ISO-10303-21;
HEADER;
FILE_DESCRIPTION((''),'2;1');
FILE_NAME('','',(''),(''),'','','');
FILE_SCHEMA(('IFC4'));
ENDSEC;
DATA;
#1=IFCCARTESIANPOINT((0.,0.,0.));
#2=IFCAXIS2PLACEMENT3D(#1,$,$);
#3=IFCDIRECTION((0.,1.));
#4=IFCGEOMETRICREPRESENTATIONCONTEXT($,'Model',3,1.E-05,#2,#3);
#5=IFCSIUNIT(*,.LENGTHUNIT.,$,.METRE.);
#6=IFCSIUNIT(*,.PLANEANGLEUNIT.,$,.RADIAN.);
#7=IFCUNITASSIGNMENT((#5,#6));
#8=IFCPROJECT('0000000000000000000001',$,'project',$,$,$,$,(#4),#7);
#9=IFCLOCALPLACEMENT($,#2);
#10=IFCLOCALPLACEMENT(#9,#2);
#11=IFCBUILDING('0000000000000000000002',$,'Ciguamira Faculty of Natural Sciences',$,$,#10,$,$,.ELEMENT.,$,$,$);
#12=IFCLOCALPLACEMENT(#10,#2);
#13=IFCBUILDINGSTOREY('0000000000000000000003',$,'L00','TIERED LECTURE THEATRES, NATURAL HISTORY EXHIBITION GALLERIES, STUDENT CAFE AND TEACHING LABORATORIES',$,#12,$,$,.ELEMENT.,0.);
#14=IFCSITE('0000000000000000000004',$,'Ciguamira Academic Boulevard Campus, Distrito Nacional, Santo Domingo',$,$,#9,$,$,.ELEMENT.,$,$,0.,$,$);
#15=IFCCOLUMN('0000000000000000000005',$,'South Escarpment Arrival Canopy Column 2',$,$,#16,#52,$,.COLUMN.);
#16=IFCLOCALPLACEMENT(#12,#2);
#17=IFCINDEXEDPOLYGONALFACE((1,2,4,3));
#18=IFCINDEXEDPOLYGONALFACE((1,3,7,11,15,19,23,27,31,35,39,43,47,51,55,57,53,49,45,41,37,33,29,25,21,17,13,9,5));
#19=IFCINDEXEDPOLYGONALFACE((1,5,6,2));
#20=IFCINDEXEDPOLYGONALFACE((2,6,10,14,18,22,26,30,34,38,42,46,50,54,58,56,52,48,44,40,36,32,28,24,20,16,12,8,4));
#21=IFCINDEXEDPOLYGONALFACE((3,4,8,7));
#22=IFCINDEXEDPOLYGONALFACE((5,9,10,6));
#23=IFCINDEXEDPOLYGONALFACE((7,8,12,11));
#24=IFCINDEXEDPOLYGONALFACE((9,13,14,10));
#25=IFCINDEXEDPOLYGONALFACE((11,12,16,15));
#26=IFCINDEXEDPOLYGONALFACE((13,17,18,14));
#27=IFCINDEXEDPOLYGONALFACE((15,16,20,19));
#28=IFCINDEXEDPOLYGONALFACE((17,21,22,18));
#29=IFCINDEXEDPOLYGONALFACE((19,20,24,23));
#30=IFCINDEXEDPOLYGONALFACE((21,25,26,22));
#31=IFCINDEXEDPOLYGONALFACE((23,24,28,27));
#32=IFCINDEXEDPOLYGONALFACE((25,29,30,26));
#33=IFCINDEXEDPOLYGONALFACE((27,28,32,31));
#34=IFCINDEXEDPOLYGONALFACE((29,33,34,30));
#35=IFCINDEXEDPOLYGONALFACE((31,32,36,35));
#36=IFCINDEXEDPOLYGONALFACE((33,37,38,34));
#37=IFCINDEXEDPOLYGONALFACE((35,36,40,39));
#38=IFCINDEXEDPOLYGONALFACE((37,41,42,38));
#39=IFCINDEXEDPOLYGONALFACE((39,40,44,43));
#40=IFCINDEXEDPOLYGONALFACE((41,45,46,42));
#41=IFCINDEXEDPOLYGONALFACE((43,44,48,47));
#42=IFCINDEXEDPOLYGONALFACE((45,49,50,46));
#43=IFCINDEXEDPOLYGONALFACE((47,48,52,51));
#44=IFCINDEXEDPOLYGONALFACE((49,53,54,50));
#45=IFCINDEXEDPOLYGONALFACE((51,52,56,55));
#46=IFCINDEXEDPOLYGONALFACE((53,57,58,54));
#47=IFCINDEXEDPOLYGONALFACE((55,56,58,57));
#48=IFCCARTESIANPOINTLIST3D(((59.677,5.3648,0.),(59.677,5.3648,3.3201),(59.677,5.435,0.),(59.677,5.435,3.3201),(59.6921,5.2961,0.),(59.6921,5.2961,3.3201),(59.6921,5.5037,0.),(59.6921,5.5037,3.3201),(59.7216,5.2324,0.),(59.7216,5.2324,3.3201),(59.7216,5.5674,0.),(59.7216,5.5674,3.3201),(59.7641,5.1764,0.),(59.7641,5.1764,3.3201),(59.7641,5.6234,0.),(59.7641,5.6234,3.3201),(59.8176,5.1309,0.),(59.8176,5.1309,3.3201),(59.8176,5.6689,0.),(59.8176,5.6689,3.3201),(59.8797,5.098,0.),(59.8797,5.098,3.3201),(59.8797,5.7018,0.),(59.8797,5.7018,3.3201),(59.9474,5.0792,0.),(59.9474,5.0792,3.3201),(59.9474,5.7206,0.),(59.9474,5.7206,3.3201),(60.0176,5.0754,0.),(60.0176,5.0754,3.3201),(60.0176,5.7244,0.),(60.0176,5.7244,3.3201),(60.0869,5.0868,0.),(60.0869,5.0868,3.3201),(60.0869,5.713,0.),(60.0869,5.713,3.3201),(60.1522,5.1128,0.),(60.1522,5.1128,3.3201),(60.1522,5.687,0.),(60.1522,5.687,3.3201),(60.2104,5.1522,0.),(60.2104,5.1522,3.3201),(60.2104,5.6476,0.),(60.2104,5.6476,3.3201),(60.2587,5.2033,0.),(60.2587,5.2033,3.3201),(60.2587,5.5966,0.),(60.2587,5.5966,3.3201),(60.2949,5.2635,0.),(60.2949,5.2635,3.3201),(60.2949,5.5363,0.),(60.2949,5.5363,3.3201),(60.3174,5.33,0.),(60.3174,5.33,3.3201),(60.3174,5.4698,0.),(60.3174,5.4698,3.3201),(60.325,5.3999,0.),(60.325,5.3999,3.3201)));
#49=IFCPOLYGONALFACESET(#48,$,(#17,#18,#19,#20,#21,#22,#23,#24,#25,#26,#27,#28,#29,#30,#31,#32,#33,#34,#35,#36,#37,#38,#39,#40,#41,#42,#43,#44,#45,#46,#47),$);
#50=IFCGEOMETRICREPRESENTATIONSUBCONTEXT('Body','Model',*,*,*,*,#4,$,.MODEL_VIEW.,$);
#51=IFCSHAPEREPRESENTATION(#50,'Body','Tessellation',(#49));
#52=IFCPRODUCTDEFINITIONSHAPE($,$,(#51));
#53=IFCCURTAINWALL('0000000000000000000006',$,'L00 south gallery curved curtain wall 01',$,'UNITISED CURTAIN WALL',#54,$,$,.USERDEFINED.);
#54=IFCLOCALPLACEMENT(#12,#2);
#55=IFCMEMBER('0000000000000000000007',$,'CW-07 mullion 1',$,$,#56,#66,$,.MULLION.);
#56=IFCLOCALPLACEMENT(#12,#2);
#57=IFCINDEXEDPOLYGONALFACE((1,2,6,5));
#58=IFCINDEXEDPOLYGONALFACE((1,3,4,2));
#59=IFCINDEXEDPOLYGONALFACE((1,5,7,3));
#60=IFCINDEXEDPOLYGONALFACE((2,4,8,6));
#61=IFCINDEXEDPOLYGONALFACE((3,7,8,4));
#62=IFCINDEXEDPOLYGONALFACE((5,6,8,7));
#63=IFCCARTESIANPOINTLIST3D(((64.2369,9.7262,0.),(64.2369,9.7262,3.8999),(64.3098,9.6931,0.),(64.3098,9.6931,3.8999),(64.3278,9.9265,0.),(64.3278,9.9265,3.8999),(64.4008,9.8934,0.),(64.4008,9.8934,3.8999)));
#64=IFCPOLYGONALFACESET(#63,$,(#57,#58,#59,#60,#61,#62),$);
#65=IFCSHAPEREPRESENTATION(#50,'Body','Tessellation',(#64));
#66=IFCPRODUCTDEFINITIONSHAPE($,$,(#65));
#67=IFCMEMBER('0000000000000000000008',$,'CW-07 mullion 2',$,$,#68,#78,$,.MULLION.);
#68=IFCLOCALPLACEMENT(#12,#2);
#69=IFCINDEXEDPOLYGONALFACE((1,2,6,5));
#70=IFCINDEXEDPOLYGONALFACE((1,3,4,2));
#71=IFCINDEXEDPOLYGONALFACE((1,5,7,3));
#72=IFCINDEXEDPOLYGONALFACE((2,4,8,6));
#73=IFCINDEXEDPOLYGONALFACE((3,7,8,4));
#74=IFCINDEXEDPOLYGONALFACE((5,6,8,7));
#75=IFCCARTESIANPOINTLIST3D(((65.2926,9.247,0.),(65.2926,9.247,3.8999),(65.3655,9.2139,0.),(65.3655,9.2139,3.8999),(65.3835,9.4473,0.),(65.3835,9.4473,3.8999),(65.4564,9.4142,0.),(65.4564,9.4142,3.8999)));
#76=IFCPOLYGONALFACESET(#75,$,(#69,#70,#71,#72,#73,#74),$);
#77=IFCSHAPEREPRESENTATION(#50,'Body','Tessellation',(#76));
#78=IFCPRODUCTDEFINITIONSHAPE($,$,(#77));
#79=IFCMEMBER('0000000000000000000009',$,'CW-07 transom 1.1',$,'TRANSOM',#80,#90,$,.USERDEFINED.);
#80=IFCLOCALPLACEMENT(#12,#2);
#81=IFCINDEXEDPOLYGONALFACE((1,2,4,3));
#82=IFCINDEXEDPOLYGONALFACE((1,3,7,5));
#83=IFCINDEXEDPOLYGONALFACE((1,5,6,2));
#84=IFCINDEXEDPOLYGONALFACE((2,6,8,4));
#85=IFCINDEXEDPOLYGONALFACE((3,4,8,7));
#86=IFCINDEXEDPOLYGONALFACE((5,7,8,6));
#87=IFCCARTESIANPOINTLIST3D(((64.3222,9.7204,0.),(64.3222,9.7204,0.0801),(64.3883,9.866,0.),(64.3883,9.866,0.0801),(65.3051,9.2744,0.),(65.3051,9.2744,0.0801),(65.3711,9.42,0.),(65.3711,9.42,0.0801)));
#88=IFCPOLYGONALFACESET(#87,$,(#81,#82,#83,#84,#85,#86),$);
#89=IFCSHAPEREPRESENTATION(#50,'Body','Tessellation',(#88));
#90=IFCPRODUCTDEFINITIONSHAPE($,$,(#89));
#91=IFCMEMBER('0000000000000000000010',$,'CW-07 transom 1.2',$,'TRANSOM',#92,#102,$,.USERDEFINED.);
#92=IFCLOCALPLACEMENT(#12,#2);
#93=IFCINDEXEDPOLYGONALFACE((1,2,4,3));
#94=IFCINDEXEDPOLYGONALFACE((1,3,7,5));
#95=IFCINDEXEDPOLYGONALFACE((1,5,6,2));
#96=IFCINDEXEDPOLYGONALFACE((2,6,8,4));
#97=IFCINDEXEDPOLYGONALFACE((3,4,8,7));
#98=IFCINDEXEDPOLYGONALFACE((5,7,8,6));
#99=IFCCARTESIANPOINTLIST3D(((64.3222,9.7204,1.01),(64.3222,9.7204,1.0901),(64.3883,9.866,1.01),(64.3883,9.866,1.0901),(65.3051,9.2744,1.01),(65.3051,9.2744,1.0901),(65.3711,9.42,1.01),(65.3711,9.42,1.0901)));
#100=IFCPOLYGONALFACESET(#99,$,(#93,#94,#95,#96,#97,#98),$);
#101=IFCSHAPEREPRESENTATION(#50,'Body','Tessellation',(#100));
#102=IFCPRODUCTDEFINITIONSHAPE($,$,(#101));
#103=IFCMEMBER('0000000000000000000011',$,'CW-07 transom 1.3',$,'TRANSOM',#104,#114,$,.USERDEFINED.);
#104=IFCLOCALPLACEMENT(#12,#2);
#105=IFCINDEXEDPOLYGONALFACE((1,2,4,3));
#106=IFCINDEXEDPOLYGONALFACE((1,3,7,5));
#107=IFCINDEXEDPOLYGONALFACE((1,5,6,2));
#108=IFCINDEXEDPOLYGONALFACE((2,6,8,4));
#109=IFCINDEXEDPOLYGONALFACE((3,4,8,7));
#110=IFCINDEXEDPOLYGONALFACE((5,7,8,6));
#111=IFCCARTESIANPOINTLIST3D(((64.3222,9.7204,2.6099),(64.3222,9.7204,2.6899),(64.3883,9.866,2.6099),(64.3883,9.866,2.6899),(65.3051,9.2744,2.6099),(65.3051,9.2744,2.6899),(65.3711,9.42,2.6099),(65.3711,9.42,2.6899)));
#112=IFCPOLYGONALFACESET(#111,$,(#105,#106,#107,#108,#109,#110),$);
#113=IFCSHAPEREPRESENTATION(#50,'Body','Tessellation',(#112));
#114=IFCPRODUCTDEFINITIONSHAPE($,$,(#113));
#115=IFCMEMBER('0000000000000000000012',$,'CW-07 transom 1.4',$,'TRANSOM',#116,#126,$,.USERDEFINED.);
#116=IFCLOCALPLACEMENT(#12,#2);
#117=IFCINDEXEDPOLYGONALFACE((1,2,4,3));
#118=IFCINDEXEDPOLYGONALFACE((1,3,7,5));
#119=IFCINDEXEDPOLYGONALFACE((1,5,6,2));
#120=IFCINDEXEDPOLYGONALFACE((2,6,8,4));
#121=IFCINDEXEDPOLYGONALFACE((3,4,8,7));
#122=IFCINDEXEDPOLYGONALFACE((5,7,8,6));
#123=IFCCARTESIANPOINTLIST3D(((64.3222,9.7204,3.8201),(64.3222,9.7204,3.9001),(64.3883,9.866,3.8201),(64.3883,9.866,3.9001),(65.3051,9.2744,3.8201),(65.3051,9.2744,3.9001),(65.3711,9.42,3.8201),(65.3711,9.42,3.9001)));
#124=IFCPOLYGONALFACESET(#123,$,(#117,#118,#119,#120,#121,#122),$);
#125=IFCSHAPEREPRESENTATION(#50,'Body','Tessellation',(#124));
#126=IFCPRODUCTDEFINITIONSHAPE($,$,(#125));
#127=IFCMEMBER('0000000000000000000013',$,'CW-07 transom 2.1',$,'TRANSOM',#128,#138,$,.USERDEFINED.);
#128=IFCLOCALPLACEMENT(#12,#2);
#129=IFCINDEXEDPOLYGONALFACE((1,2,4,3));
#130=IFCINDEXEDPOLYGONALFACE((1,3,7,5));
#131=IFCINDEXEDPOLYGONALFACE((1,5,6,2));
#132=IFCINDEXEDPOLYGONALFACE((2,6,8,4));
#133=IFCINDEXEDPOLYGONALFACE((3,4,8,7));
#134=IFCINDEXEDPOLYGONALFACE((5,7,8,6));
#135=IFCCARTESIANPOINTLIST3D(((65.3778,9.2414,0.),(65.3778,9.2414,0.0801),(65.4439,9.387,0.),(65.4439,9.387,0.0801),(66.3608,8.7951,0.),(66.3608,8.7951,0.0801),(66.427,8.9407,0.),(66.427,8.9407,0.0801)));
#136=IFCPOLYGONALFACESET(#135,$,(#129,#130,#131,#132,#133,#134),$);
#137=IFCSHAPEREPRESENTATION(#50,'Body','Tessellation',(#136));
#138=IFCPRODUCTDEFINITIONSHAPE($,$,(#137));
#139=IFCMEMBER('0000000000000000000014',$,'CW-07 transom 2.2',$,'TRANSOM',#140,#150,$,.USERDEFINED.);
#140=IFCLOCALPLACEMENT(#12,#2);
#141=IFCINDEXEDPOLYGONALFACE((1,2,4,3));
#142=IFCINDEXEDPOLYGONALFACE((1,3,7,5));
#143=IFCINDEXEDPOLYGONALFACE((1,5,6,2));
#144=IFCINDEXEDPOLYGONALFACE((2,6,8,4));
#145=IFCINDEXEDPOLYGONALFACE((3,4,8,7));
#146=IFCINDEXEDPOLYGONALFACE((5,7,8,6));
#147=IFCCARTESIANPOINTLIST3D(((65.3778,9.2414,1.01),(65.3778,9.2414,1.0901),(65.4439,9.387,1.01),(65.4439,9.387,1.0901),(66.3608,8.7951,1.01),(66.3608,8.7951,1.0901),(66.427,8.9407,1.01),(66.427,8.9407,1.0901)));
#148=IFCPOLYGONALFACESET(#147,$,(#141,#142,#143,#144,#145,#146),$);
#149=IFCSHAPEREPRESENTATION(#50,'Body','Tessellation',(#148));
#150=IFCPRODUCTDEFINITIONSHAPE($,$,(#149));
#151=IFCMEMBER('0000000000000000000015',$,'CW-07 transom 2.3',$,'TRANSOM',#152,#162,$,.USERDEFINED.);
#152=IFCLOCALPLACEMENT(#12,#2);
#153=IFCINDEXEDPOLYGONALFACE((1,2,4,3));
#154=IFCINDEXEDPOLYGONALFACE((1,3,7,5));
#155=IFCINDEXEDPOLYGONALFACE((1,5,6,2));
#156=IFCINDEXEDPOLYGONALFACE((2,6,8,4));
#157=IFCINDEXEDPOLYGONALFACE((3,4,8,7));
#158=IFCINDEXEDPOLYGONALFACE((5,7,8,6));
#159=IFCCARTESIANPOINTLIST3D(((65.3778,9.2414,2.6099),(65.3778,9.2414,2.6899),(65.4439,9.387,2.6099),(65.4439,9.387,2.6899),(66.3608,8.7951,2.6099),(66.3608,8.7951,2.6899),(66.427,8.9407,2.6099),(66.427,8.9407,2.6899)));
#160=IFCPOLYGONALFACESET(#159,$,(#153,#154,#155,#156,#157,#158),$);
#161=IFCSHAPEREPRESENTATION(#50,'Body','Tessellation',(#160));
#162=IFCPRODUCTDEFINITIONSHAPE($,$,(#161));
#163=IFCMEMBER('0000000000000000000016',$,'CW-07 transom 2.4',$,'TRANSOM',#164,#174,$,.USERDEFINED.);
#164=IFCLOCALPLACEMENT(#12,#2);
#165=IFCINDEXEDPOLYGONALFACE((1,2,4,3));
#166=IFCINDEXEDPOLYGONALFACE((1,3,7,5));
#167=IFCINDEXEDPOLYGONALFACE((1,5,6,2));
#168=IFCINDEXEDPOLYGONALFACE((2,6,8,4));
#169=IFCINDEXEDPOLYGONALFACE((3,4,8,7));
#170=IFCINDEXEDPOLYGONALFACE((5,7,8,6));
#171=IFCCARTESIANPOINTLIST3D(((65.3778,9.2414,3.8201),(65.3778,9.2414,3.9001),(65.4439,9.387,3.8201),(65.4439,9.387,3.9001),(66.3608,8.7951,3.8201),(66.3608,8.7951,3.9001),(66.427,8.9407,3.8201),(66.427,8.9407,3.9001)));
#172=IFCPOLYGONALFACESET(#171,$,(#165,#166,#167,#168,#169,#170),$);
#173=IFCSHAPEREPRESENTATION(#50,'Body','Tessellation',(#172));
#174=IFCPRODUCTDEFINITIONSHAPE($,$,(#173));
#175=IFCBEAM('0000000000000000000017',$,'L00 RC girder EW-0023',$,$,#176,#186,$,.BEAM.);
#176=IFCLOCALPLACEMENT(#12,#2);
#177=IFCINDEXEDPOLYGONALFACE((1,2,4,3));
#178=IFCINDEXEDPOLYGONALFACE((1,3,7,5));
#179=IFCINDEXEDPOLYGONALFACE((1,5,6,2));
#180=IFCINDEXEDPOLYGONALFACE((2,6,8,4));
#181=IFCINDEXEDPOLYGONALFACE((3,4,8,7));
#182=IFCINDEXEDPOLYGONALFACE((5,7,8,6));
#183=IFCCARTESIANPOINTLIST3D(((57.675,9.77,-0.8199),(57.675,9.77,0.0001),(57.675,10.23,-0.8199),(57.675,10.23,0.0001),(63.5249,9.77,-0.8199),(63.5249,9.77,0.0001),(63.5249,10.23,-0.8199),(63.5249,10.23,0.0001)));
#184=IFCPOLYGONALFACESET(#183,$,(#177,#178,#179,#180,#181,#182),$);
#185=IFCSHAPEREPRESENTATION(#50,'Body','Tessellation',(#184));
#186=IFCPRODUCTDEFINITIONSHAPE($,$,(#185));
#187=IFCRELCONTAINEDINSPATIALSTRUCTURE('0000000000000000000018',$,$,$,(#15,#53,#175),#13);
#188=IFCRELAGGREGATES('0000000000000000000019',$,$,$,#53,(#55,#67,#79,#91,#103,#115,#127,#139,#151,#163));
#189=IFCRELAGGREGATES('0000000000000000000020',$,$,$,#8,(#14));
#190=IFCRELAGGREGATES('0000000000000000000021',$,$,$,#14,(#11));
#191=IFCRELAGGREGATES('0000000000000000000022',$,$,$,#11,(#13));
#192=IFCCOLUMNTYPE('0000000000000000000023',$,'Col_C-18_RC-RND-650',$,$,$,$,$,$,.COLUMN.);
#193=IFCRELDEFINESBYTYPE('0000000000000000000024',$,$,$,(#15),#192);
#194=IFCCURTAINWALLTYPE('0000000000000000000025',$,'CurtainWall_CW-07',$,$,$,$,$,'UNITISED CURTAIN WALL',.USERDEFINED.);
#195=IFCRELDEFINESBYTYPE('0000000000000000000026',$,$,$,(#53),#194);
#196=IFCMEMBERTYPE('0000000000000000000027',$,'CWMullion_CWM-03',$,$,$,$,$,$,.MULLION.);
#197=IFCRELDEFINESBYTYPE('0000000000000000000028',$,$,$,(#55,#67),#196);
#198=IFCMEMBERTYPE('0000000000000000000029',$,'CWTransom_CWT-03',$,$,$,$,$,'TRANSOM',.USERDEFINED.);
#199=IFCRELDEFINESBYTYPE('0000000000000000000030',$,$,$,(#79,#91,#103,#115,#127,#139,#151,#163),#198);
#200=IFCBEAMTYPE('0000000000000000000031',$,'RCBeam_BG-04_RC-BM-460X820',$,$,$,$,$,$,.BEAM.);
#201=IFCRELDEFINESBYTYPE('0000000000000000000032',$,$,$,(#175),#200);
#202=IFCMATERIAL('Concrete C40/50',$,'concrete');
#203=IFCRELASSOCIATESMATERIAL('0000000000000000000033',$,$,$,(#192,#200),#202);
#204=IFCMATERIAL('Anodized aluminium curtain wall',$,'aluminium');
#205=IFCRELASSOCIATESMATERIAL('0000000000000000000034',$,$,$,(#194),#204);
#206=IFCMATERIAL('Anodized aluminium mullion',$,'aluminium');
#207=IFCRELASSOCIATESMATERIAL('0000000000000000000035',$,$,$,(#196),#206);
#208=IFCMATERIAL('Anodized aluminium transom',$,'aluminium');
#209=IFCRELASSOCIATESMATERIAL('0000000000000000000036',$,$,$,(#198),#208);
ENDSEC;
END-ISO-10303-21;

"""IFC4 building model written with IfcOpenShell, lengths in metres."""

from ifc_helpers import new_model, si_unit, direction, frame, origin, origin_2d, place, context, subcontext, project, spatial, rectangle, circle, extrude, material, material_profile, profile_set, type_object, element, aggregate, save


model = new_model("IFC4")

# Units and contexts
model_context = context("Model", 3, precision=1e-05, world=origin(), true_north=direction((0.0, 1.0)))
body_context = subcontext(model_context, "Body", "Model", "MODEL_VIEW")
ifc_project = project(units=[si_unit("LENGTHUNIT", "METRE"), si_unit("PLANEANGLEUNIT", "RADIAN")], contexts=[model_context])

# Site, building, storey
site_placement = place(None, origin())
site = spatial("IfcSite", under=ifc_project, at=site_placement, Name="Ciguamira Academic Boulevard Campus, Distrito Nacional, Santo Domingo", CompositionType="ELEMENT", RefElevation=0.0)
building_placement = place(site_placement, origin())
building = spatial("IfcBuilding", under=site, at=building_placement, Name="Ciguamira Faculty of Natural Sciences", CompositionType="ELEMENT")
storey_placement = place(building_placement, origin())
storey = spatial("IfcBuildingStorey", under=building, at=storey_placement, Name="L00", Description="TIERED LECTURE THEATRES, NATURAL HISTORY EXHIBITION GALLERIES, STUDENT CAFE AND TEACHING LABORATORIES", CompositionType="ELEMENT", Elevation=0.0)

# Column
ifc_material_1 = material(Name="Concrete C40/50", Category="concrete")
ifc_material_profile_1 = material_profile(ifc_material_1, circle(Radius=0.325, at=origin_2d()), Name="RC-RND-650")
ifc_profile_set_1 = profile_set([ifc_material_profile_1], Name="Concrete C40/50")
column_type = type_object("IfcColumnType", Name="Col_C-18_RC-RND-650", PredefinedType="COLUMN", material=ifc_profile_set_1)
column_placement = place(storey_placement, frame((60.0, 5.3999, 0.0), z_axis=(0.0, 0.0, 1.0), x_axis=(1.0, 0.0, 0.0)))
element("IfcColumn", 1, at=column_placement, inside=storey, type_object=column_type, Name="South Escarpment Arrival Canopy Column 2", PredefinedType="COLUMN", context=body_context, shape_type="SweptSolid", body=[
    extrude(circle(Radius=0.325, at=origin_2d()), origin(), (0.0, 0.0, 1.0), 3.3201),
])

# Curtain wall, members
ifc_material_2 = material(Name="Anodized aluminium curtain wall", Category="aluminium")
curtain_wall_type = type_object("IfcCurtainWallType", Name="CurtainWall_CW-07", ElementType="UNITISED CURTAIN WALL", PredefinedType="USERDEFINED", material=ifc_material_2)
curtain_wall_placement = place(storey_placement, origin())
curtain_wall = element("IfcCurtainWall", 2, at=curtain_wall_placement, inside=storey, type_object=curtain_wall_type, Name="L00 south gallery curved curtain wall 01", ObjectType="UNITISED CURTAIN WALL", PredefinedType="USERDEFINED")
ifc_material_3 = material(Name="Anodized aluminium mullion", Category="aluminium")
ifc_material_profile_2 = material_profile(ifc_material_3, rectangle(XDim=0.0801, YDim=0.22, at=origin_2d()), Name="ALU-MUL-80X220")
ifc_profile_set_2 = profile_set([ifc_material_profile_2], Name="Anodized aluminium mullion")
member_type_1 = type_object("IfcMemberType", Name="CWMullion_CWM-03", PredefinedType="MULLION", material=ifc_profile_set_2)
member_1_placement = place(storey_placement, frame((64.3188, 9.8098, 0.0), z_axis=(0.0, 0.0, 1.0), x_axis=(0.910581, -0.413332, 0.0)))
member_1 = element("IfcMember", 3, at=member_1_placement, type_object=member_type_1, Name="CW-07 mullion 1", PredefinedType="MULLION", context=body_context, shape_type="SweptSolid", body=[
    extrude(rectangle(XDim=0.0801, YDim=0.22, at=origin_2d()), origin(), (0.0, 0.0, 1.0), 3.8999),
])
member_2_placement = place(storey_placement, frame((65.3745, 9.3306, 0.0), z_axis=(0.0, 0.0, 1.0), x_axis=(0.910581, -0.413332, 0.0)))
member_2 = element("IfcMember", 4, at=member_2_placement, type_object=member_type_1, Name="CW-07 mullion 2", PredefinedType="MULLION", context=body_context, shape_type="SweptSolid", body=[
    extrude(rectangle(XDim=0.0801, YDim=0.22, at=origin_2d()), origin(), (0.0, 0.0, 1.0), 3.8999),
])
ifc_material_4 = material(Name="Anodized aluminium transom", Category="aluminium")
ifc_material_profile_3 = material_profile(ifc_material_4, rectangle(XDim=0.0801, YDim=0.1599, at=origin_2d()), Name="ALU-TRN-80X160")
ifc_profile_set_3 = profile_set([ifc_material_profile_3], Name="Anodized aluminium transom")
member_type_2 = type_object("IfcMemberType", Name="CWTransom_CWT-03", ElementType="TRANSOM", PredefinedType="USERDEFINED", material=ifc_profile_set_3)
member_3_placement = place(storey_placement, frame((64.3552, 9.7932, 0.04), z_axis=(0.910622, -0.413241, 0.0), x_axis=(0.0, 0.0, 1.0)))
member_3 = element("IfcMember", 5, at=member_3_placement, type_object=member_type_2, Name="CW-07 transom 1.1", ObjectType="TRANSOM", PredefinedType="USERDEFINED", context=body_context, shape_type="SweptSolid", body=[
    extrude(rectangle(XDim=0.0801, YDim=0.1599, at=origin_2d()), origin(), (0.0, 0.0, 1.0), 1.0793),
])
member_4_placement = place(storey_placement, frame((64.3552, 9.7932, 1.05), z_axis=(0.910622, -0.413241, 0.0), x_axis=(0.0, 0.0, 1.0)))
member_4 = element("IfcMember", 6, at=member_4_placement, type_object=member_type_2, Name="CW-07 transom 1.2", ObjectType="TRANSOM", PredefinedType="USERDEFINED", context=body_context, shape_type="SweptSolid", body=[
    extrude(rectangle(XDim=0.0801, YDim=0.1599, at=origin_2d()), origin(), (0.0, 0.0, 1.0), 1.0793),
])
member_5_placement = place(storey_placement, frame((64.3552, 9.7932, 2.6499), z_axis=(0.910622, -0.413241, 0.0), x_axis=(0.0, 0.0, 1.0)))
member_5 = element("IfcMember", 7, at=member_5_placement, type_object=member_type_2, Name="CW-07 transom 1.3", ObjectType="TRANSOM", PredefinedType="USERDEFINED", context=body_context, shape_type="SweptSolid", body=[
    extrude(rectangle(XDim=0.0801, YDim=0.1599, at=origin_2d()), origin(), (0.0, 0.0, 1.0), 1.0793),
])
member_6_placement = place(storey_placement, frame((64.3552, 9.7932, 3.8601), z_axis=(0.910622, -0.413241, 0.0), x_axis=(0.0, 0.0, 1.0)))
member_6 = element("IfcMember", 8, at=member_6_placement, type_object=member_type_2, Name="CW-07 transom 1.4", ObjectType="TRANSOM", PredefinedType="USERDEFINED", context=body_context, shape_type="SweptSolid", body=[
    extrude(rectangle(XDim=0.0801, YDim=0.1599, at=origin_2d()), origin(), (0.0, 0.0, 1.0), 1.0793),
])
member_7_placement = place(storey_placement, frame((65.4109, 9.3142, 0.04), z_axis=(0.910537, -0.413428, 0.0), x_axis=(0.0, 0.0, 1.0)))
member_7 = element("IfcMember", 9, at=member_7_placement, type_object=member_type_2, Name="CW-07 transom 2.1", ObjectType="TRANSOM", PredefinedType="USERDEFINED", context=body_context, shape_type="SweptSolid", body=[
    extrude(rectangle(XDim=0.0801, YDim=0.1599, at=origin_2d()), origin(), (0.0, 0.0, 1.0), 1.0796),
])
member_8_placement = place(storey_placement, frame((65.4109, 9.3142, 1.05), z_axis=(0.910537, -0.413428, 0.0), x_axis=(0.0, 0.0, 1.0)))
member_8 = element("IfcMember", 10, at=member_8_placement, type_object=member_type_2, Name="CW-07 transom 2.2", ObjectType="TRANSOM", PredefinedType="USERDEFINED", context=body_context, shape_type="SweptSolid", body=[
    extrude(rectangle(XDim=0.0801, YDim=0.1599, at=origin_2d()), origin(), (0.0, 0.0, 1.0), 1.0796),
])
member_9_placement = place(storey_placement, frame((65.4109, 9.3142, 2.6499), z_axis=(0.910537, -0.413428, 0.0), x_axis=(0.0, 0.0, 1.0)))
member_9 = element("IfcMember", 11, at=member_9_placement, type_object=member_type_2, Name="CW-07 transom 2.3", ObjectType="TRANSOM", PredefinedType="USERDEFINED", context=body_context, shape_type="SweptSolid", body=[
    extrude(rectangle(XDim=0.0801, YDim=0.1599, at=origin_2d()), origin(), (0.0, 0.0, 1.0), 1.0796),
])
member_10_placement = place(storey_placement, frame((65.4109, 9.3142, 3.8601), z_axis=(0.910537, -0.413428, 0.0), x_axis=(0.0, 0.0, 1.0)))
member_10 = element("IfcMember", 12, at=member_10_placement, type_object=member_type_2, Name="CW-07 transom 2.4", ObjectType="TRANSOM", PredefinedType="USERDEFINED", context=body_context, shape_type="SweptSolid", body=[
    extrude(rectangle(XDim=0.0801, YDim=0.1599, at=origin_2d()), origin(), (0.0, 0.0, 1.0), 1.0796),
])

# Beam
ifc_material_profile_4 = material_profile(ifc_material_1, rectangle(XDim=0.46, YDim=0.8201, at=origin_2d()), Name="RC-BM-460X820")
ifc_profile_set_4 = profile_set([ifc_material_profile_4], Name="Concrete C40/50")
beam_type = type_object("IfcBeamType", Name="RCBeam_BG-04_RC-BM-460X820", PredefinedType="BEAM", material=ifc_profile_set_4)
beam_placement = place(storey_placement, frame((57.675, 10.0, -0.4099), z_axis=(1.0, 0.0, 0.0), x_axis=(0.0, 1.0, 0.0)))
element("IfcBeam", 13, at=beam_placement, inside=storey, type_object=beam_type, Name="L00 RC girder EW-0023", PredefinedType="BEAM", context=body_context, shape_type="SweptSolid", body=[
    extrude(rectangle(XDim=0.46, YDim=0.8201, at=origin_2d()), origin(), (0.0, 0.0, 1.0), 5.8499),
])

aggregate(curtain_wall, [member_1, member_2, member_3, member_4, member_5, member_6, member_7, member_8, member_9, member_10])

save(model, "model.ifc")
